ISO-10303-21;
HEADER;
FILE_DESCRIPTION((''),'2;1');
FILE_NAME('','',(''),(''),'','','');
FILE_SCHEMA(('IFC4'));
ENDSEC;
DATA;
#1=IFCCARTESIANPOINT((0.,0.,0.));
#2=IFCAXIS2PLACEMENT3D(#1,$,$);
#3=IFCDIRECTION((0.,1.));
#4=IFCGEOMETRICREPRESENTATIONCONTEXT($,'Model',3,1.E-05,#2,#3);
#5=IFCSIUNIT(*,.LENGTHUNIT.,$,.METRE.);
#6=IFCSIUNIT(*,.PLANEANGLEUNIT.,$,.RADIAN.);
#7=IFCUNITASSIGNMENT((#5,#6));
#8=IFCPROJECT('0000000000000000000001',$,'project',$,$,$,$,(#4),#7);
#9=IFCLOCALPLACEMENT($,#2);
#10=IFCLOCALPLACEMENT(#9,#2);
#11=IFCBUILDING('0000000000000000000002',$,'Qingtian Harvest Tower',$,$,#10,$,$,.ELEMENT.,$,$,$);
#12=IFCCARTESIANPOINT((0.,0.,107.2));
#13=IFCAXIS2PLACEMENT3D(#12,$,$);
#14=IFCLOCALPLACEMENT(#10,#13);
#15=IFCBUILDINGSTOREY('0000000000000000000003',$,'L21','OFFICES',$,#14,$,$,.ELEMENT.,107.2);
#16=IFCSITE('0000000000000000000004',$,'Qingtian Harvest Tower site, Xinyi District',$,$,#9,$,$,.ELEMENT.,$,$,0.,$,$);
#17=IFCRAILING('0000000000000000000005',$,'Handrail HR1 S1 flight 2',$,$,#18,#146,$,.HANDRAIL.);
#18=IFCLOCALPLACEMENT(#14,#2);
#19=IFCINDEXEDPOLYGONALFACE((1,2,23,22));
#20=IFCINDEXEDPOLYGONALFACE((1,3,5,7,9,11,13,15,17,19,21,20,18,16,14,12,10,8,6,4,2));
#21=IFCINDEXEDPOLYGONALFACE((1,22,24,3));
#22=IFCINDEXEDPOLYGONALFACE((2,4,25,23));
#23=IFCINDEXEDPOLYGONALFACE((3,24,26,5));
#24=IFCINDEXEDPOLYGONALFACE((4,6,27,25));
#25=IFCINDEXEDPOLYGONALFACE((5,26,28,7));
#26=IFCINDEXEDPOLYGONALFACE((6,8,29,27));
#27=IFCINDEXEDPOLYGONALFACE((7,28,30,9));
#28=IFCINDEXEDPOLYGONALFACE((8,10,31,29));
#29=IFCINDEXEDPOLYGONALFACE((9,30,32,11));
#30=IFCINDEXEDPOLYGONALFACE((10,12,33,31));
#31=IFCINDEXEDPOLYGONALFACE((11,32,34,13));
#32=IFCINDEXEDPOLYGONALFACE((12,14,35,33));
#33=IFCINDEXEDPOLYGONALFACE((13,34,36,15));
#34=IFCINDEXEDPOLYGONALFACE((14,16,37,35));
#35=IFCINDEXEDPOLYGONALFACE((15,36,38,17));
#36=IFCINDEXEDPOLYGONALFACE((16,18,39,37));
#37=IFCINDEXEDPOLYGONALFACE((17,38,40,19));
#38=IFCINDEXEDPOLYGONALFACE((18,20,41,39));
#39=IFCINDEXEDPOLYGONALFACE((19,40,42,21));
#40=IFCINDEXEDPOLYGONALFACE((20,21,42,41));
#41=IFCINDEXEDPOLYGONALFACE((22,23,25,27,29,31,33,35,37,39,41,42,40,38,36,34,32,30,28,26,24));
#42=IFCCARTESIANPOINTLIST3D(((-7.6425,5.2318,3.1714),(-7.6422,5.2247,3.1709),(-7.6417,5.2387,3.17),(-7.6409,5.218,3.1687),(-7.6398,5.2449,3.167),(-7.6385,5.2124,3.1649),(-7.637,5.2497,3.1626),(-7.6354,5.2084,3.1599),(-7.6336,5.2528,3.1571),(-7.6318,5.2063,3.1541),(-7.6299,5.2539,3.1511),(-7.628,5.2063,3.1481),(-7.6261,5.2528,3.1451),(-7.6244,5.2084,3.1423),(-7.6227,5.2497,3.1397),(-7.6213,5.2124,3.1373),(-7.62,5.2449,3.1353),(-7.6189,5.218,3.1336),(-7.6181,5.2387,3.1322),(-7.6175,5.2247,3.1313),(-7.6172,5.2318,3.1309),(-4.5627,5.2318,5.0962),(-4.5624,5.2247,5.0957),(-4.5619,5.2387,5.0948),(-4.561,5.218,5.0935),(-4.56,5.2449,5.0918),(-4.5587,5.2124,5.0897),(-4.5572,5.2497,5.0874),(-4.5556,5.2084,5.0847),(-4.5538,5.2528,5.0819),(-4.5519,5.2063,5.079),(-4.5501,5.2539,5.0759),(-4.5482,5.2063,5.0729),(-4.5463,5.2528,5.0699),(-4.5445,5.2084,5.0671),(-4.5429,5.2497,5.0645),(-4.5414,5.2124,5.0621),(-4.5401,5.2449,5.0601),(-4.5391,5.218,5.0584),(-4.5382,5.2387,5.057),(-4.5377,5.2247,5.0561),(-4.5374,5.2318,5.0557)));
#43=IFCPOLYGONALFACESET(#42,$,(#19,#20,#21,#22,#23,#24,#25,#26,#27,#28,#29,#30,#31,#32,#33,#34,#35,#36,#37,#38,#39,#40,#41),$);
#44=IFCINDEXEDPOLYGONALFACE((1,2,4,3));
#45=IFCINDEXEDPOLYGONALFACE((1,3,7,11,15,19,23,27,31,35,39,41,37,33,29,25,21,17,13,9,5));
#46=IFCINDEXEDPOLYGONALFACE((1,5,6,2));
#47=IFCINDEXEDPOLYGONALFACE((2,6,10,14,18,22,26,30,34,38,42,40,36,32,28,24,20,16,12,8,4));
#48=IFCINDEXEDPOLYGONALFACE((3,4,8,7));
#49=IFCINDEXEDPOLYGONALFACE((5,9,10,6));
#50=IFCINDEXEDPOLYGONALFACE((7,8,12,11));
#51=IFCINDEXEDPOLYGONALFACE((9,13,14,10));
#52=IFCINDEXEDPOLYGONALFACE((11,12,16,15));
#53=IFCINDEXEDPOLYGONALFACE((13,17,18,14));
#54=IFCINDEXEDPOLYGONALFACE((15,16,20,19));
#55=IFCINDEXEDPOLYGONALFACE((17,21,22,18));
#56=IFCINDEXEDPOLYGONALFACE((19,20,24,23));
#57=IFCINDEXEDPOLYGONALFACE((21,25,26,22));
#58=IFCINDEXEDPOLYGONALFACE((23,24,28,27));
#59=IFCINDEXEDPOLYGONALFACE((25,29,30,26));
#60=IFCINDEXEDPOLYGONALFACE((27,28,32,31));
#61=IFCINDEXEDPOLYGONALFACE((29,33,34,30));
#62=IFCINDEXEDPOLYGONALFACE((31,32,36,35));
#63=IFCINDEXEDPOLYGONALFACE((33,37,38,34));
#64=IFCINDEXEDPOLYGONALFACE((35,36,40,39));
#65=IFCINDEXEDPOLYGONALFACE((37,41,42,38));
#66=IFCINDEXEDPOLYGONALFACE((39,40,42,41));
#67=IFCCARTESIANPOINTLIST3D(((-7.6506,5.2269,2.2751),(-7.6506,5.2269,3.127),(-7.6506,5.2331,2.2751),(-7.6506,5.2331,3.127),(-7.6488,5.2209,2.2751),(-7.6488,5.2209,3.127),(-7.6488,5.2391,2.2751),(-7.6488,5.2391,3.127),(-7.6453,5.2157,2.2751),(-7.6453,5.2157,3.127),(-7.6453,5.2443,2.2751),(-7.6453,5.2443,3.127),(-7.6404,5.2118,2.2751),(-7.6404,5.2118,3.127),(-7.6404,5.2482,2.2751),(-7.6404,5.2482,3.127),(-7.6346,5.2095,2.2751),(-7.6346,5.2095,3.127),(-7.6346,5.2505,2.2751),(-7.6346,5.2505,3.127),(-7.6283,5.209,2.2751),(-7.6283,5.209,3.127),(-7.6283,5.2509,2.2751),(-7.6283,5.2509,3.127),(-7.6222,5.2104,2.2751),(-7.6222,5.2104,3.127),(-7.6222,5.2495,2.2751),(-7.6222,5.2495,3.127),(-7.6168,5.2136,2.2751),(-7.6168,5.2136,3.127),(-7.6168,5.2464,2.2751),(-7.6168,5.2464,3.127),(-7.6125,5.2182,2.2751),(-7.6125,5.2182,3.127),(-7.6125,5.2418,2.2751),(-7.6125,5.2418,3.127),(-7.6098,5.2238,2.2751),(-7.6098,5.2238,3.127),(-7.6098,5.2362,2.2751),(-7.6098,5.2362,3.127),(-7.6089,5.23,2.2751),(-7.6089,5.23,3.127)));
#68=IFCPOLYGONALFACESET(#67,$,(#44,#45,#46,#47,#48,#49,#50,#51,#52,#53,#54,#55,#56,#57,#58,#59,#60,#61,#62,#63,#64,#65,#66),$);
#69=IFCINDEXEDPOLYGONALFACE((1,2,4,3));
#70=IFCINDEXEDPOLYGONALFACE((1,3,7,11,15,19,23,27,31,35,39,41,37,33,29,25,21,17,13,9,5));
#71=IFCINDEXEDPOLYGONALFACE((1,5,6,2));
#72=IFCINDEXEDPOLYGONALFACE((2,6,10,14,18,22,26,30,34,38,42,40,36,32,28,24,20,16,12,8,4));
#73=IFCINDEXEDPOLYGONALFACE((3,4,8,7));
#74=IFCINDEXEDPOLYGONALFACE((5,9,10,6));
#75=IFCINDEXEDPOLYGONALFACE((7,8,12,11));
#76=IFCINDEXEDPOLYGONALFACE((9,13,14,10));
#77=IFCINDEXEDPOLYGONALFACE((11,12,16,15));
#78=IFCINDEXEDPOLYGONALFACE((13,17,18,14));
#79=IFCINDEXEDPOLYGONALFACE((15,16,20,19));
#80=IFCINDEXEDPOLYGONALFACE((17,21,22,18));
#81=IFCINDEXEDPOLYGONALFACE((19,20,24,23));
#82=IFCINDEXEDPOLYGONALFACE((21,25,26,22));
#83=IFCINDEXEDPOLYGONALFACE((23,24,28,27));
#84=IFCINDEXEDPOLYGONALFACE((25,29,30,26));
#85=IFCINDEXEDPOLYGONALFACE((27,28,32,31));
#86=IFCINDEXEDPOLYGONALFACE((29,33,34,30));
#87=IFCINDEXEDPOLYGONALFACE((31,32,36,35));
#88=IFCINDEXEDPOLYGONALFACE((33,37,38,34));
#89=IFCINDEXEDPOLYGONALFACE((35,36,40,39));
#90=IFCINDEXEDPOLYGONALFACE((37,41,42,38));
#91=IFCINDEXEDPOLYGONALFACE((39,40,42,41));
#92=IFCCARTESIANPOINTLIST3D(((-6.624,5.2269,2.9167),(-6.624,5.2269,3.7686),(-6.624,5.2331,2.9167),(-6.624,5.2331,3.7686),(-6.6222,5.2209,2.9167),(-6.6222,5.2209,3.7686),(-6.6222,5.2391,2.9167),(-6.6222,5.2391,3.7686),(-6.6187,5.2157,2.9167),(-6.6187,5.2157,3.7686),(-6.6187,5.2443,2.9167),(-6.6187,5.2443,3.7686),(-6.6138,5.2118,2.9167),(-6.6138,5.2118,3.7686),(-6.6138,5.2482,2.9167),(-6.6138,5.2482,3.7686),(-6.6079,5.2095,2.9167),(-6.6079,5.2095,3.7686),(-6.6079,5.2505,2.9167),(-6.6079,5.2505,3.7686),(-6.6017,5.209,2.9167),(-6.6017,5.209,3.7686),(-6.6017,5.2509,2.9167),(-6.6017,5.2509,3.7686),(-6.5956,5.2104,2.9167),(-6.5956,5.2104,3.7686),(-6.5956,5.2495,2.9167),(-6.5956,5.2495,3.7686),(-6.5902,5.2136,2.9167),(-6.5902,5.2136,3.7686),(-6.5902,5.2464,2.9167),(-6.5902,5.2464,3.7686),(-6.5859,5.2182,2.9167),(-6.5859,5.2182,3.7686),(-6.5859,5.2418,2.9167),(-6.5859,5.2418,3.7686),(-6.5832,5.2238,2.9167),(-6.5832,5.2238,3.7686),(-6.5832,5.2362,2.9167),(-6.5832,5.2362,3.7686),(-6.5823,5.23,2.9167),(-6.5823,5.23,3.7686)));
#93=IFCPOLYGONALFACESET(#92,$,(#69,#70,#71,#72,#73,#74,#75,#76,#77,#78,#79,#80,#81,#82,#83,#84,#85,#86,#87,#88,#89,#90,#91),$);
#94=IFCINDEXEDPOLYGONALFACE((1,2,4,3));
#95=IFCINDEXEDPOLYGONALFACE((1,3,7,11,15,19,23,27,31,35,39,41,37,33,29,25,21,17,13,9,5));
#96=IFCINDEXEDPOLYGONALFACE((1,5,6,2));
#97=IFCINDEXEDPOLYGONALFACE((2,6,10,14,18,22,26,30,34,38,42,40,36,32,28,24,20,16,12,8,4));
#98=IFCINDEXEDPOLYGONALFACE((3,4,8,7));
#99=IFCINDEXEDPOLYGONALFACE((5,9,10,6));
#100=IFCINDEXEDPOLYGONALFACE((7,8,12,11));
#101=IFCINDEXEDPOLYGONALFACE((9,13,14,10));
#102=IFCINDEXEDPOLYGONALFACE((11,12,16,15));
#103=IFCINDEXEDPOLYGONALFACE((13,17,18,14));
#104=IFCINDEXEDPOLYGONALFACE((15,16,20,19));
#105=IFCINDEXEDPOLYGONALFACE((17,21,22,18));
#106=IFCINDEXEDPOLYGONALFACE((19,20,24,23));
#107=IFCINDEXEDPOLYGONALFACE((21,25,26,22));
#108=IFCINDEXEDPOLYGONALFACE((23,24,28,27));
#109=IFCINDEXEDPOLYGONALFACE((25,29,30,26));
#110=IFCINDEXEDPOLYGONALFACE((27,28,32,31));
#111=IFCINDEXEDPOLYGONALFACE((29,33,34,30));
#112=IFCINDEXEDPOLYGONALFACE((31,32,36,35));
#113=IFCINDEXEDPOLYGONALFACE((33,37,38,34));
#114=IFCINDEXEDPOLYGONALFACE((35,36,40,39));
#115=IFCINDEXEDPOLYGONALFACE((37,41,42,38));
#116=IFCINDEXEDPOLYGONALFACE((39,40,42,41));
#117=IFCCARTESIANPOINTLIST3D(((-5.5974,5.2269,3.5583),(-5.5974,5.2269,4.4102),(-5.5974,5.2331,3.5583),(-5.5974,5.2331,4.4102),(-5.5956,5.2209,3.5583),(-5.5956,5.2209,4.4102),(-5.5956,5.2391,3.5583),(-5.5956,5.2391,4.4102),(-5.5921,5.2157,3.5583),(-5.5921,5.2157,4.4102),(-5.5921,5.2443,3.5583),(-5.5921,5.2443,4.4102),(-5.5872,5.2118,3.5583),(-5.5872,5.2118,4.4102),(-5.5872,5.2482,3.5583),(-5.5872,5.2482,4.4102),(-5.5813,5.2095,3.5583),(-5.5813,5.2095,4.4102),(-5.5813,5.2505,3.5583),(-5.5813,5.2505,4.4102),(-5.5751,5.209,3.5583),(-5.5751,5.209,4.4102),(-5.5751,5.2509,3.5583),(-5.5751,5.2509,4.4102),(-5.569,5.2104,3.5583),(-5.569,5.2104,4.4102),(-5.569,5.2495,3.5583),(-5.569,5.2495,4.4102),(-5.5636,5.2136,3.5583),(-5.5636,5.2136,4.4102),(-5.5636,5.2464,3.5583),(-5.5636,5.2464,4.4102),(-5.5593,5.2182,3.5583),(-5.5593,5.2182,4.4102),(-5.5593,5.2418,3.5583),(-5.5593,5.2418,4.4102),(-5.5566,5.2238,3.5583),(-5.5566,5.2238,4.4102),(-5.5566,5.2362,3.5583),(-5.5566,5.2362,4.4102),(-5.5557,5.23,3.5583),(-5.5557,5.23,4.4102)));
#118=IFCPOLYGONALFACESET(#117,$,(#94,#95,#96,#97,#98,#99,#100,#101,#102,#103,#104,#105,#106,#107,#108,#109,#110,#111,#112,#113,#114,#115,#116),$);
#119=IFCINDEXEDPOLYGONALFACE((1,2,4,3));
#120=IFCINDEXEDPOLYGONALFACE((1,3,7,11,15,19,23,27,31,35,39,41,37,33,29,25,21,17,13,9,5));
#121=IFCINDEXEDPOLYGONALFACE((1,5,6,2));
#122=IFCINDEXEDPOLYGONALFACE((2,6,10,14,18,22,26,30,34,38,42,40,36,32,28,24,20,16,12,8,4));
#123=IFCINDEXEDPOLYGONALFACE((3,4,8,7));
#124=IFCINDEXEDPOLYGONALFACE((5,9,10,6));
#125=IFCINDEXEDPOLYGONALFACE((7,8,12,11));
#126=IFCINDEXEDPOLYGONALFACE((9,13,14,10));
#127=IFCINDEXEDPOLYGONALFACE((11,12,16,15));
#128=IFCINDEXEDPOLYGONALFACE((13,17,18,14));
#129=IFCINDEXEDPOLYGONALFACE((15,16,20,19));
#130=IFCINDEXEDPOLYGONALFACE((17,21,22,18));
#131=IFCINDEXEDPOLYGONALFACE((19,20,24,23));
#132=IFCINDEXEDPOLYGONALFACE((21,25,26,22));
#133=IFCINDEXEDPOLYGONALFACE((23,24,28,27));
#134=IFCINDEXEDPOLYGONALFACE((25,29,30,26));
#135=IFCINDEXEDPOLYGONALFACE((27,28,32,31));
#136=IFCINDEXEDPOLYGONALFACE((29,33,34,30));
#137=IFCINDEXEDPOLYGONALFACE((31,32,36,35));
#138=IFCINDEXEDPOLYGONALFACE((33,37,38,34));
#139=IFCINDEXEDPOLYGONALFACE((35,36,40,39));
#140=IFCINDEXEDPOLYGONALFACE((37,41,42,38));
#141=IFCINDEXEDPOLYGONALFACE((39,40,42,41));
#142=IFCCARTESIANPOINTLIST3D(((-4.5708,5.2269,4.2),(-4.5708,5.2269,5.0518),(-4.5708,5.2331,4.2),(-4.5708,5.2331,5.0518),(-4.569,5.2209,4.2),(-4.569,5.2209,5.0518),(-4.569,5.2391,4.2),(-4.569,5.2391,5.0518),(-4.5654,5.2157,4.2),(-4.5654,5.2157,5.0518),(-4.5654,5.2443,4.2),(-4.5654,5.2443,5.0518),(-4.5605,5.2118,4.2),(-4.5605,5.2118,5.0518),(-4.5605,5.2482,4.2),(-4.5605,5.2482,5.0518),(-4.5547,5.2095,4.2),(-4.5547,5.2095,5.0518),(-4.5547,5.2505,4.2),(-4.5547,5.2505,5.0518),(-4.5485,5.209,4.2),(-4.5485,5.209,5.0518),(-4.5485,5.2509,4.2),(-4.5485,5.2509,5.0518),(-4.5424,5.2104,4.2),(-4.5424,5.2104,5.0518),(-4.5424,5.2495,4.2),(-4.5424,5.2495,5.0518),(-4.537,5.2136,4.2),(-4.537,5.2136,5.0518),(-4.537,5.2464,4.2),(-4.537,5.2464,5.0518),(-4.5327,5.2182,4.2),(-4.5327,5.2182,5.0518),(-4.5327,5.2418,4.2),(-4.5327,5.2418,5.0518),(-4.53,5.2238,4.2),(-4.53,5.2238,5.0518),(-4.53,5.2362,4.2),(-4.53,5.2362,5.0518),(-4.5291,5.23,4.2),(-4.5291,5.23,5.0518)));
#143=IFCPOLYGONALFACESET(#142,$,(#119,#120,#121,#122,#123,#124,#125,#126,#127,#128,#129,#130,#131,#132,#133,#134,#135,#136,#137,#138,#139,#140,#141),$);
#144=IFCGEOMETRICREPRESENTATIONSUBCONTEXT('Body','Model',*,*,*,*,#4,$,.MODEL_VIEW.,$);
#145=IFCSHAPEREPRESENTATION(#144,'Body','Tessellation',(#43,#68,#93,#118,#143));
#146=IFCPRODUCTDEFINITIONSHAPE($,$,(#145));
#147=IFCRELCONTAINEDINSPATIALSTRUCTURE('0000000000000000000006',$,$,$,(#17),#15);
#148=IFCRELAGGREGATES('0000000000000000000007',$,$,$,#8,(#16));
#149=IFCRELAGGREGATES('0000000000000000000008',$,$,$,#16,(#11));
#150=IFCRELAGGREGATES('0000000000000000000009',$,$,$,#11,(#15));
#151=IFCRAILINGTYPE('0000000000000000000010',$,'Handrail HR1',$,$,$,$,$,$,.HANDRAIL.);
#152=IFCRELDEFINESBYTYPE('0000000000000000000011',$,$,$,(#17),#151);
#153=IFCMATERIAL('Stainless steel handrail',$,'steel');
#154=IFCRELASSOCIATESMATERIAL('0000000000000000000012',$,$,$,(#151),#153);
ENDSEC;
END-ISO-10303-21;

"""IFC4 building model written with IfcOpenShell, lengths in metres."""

from ifc_helpers import new_model, si_unit, direction, frame, origin, origin_2d, place, context, subcontext, project, spatial, circle, extrude, material, type_object, element, save


model = new_model("IFC4")

# Units and contexts
model_context = context("Model", 3, precision=1e-05, world=origin(), true_north=direction((0.0, 1.0)))
body_context = subcontext(model_context, "Body", "Model", "MODEL_VIEW")
ifc_project = project(units=[si_unit("LENGTHUNIT", "METRE"), si_unit("PLANEANGLEUNIT", "RADIAN")], contexts=[model_context])

# Site, building, storey
site_placement = place(None, origin())
site = spatial("IfcSite", under=ifc_project, at=site_placement, Name="Qingtian Harvest Tower site, Xinyi District", CompositionType="ELEMENT", RefElevation=0.0)
building_placement = place(site_placement, origin())
building = spatial("IfcBuilding", under=site, at=building_placement, Name="Qingtian Harvest Tower", CompositionType="ELEMENT")
storey_placement = place(building_placement, frame((0.0, 0.0, 107.2)))
storey = spatial("IfcBuildingStorey", under=building, at=storey_placement, Name="L21", Description="OFFICES", CompositionType="ELEMENT", Elevation=107.2)

# Railing
ifc_material_1 = material(Name="Stainless steel handrail", Category="steel")
railing_type = type_object("IfcRailingType", Name="Handrail HR1", PredefinedType="HANDRAIL", material=ifc_material_1)
railing_1_placement = place(storey_placement, frame((-7.6299, 5.23, 2.2751)))
element("IfcRailing", 1, at=railing_1_placement, inside=storey, type_object=railing_type, Name="Handrail HR1 S1 flight 2", PredefinedType="HANDRAIL", context=body_context, shape_type="SweptSolid", body=[
    extrude(circle(Radius=0.0239, at=origin_2d()), frame((0.0, 0.0, 0.876), z_axis=(0.84801, 0.0, 0.529981), x_axis=(0.0, 1.0, 0.0)), (0.0, 0.0, 1.0), 3.6318),
    extrude(circle(Radius=0.021, at=origin_2d()), origin(), (0.0, 0.0, 1.0), 0.8518),
    extrude(circle(Radius=0.021, at=origin_2d()), frame((1.0266, 0.0, 0.6416)), (0.0, 0.0, 1.0), 0.8518),
    extrude(circle(Radius=0.021, at=origin_2d()), frame((2.0532, 0.0, 1.2832)), (0.0, 0.0, 1.0), 0.8518),
    extrude(circle(Radius=0.021, at=origin_2d()), frame((3.0798, 0.0, 1.9248)), (0.0, 0.0, 1.0), 0.8518),
])

save(model, "model.ifc")
